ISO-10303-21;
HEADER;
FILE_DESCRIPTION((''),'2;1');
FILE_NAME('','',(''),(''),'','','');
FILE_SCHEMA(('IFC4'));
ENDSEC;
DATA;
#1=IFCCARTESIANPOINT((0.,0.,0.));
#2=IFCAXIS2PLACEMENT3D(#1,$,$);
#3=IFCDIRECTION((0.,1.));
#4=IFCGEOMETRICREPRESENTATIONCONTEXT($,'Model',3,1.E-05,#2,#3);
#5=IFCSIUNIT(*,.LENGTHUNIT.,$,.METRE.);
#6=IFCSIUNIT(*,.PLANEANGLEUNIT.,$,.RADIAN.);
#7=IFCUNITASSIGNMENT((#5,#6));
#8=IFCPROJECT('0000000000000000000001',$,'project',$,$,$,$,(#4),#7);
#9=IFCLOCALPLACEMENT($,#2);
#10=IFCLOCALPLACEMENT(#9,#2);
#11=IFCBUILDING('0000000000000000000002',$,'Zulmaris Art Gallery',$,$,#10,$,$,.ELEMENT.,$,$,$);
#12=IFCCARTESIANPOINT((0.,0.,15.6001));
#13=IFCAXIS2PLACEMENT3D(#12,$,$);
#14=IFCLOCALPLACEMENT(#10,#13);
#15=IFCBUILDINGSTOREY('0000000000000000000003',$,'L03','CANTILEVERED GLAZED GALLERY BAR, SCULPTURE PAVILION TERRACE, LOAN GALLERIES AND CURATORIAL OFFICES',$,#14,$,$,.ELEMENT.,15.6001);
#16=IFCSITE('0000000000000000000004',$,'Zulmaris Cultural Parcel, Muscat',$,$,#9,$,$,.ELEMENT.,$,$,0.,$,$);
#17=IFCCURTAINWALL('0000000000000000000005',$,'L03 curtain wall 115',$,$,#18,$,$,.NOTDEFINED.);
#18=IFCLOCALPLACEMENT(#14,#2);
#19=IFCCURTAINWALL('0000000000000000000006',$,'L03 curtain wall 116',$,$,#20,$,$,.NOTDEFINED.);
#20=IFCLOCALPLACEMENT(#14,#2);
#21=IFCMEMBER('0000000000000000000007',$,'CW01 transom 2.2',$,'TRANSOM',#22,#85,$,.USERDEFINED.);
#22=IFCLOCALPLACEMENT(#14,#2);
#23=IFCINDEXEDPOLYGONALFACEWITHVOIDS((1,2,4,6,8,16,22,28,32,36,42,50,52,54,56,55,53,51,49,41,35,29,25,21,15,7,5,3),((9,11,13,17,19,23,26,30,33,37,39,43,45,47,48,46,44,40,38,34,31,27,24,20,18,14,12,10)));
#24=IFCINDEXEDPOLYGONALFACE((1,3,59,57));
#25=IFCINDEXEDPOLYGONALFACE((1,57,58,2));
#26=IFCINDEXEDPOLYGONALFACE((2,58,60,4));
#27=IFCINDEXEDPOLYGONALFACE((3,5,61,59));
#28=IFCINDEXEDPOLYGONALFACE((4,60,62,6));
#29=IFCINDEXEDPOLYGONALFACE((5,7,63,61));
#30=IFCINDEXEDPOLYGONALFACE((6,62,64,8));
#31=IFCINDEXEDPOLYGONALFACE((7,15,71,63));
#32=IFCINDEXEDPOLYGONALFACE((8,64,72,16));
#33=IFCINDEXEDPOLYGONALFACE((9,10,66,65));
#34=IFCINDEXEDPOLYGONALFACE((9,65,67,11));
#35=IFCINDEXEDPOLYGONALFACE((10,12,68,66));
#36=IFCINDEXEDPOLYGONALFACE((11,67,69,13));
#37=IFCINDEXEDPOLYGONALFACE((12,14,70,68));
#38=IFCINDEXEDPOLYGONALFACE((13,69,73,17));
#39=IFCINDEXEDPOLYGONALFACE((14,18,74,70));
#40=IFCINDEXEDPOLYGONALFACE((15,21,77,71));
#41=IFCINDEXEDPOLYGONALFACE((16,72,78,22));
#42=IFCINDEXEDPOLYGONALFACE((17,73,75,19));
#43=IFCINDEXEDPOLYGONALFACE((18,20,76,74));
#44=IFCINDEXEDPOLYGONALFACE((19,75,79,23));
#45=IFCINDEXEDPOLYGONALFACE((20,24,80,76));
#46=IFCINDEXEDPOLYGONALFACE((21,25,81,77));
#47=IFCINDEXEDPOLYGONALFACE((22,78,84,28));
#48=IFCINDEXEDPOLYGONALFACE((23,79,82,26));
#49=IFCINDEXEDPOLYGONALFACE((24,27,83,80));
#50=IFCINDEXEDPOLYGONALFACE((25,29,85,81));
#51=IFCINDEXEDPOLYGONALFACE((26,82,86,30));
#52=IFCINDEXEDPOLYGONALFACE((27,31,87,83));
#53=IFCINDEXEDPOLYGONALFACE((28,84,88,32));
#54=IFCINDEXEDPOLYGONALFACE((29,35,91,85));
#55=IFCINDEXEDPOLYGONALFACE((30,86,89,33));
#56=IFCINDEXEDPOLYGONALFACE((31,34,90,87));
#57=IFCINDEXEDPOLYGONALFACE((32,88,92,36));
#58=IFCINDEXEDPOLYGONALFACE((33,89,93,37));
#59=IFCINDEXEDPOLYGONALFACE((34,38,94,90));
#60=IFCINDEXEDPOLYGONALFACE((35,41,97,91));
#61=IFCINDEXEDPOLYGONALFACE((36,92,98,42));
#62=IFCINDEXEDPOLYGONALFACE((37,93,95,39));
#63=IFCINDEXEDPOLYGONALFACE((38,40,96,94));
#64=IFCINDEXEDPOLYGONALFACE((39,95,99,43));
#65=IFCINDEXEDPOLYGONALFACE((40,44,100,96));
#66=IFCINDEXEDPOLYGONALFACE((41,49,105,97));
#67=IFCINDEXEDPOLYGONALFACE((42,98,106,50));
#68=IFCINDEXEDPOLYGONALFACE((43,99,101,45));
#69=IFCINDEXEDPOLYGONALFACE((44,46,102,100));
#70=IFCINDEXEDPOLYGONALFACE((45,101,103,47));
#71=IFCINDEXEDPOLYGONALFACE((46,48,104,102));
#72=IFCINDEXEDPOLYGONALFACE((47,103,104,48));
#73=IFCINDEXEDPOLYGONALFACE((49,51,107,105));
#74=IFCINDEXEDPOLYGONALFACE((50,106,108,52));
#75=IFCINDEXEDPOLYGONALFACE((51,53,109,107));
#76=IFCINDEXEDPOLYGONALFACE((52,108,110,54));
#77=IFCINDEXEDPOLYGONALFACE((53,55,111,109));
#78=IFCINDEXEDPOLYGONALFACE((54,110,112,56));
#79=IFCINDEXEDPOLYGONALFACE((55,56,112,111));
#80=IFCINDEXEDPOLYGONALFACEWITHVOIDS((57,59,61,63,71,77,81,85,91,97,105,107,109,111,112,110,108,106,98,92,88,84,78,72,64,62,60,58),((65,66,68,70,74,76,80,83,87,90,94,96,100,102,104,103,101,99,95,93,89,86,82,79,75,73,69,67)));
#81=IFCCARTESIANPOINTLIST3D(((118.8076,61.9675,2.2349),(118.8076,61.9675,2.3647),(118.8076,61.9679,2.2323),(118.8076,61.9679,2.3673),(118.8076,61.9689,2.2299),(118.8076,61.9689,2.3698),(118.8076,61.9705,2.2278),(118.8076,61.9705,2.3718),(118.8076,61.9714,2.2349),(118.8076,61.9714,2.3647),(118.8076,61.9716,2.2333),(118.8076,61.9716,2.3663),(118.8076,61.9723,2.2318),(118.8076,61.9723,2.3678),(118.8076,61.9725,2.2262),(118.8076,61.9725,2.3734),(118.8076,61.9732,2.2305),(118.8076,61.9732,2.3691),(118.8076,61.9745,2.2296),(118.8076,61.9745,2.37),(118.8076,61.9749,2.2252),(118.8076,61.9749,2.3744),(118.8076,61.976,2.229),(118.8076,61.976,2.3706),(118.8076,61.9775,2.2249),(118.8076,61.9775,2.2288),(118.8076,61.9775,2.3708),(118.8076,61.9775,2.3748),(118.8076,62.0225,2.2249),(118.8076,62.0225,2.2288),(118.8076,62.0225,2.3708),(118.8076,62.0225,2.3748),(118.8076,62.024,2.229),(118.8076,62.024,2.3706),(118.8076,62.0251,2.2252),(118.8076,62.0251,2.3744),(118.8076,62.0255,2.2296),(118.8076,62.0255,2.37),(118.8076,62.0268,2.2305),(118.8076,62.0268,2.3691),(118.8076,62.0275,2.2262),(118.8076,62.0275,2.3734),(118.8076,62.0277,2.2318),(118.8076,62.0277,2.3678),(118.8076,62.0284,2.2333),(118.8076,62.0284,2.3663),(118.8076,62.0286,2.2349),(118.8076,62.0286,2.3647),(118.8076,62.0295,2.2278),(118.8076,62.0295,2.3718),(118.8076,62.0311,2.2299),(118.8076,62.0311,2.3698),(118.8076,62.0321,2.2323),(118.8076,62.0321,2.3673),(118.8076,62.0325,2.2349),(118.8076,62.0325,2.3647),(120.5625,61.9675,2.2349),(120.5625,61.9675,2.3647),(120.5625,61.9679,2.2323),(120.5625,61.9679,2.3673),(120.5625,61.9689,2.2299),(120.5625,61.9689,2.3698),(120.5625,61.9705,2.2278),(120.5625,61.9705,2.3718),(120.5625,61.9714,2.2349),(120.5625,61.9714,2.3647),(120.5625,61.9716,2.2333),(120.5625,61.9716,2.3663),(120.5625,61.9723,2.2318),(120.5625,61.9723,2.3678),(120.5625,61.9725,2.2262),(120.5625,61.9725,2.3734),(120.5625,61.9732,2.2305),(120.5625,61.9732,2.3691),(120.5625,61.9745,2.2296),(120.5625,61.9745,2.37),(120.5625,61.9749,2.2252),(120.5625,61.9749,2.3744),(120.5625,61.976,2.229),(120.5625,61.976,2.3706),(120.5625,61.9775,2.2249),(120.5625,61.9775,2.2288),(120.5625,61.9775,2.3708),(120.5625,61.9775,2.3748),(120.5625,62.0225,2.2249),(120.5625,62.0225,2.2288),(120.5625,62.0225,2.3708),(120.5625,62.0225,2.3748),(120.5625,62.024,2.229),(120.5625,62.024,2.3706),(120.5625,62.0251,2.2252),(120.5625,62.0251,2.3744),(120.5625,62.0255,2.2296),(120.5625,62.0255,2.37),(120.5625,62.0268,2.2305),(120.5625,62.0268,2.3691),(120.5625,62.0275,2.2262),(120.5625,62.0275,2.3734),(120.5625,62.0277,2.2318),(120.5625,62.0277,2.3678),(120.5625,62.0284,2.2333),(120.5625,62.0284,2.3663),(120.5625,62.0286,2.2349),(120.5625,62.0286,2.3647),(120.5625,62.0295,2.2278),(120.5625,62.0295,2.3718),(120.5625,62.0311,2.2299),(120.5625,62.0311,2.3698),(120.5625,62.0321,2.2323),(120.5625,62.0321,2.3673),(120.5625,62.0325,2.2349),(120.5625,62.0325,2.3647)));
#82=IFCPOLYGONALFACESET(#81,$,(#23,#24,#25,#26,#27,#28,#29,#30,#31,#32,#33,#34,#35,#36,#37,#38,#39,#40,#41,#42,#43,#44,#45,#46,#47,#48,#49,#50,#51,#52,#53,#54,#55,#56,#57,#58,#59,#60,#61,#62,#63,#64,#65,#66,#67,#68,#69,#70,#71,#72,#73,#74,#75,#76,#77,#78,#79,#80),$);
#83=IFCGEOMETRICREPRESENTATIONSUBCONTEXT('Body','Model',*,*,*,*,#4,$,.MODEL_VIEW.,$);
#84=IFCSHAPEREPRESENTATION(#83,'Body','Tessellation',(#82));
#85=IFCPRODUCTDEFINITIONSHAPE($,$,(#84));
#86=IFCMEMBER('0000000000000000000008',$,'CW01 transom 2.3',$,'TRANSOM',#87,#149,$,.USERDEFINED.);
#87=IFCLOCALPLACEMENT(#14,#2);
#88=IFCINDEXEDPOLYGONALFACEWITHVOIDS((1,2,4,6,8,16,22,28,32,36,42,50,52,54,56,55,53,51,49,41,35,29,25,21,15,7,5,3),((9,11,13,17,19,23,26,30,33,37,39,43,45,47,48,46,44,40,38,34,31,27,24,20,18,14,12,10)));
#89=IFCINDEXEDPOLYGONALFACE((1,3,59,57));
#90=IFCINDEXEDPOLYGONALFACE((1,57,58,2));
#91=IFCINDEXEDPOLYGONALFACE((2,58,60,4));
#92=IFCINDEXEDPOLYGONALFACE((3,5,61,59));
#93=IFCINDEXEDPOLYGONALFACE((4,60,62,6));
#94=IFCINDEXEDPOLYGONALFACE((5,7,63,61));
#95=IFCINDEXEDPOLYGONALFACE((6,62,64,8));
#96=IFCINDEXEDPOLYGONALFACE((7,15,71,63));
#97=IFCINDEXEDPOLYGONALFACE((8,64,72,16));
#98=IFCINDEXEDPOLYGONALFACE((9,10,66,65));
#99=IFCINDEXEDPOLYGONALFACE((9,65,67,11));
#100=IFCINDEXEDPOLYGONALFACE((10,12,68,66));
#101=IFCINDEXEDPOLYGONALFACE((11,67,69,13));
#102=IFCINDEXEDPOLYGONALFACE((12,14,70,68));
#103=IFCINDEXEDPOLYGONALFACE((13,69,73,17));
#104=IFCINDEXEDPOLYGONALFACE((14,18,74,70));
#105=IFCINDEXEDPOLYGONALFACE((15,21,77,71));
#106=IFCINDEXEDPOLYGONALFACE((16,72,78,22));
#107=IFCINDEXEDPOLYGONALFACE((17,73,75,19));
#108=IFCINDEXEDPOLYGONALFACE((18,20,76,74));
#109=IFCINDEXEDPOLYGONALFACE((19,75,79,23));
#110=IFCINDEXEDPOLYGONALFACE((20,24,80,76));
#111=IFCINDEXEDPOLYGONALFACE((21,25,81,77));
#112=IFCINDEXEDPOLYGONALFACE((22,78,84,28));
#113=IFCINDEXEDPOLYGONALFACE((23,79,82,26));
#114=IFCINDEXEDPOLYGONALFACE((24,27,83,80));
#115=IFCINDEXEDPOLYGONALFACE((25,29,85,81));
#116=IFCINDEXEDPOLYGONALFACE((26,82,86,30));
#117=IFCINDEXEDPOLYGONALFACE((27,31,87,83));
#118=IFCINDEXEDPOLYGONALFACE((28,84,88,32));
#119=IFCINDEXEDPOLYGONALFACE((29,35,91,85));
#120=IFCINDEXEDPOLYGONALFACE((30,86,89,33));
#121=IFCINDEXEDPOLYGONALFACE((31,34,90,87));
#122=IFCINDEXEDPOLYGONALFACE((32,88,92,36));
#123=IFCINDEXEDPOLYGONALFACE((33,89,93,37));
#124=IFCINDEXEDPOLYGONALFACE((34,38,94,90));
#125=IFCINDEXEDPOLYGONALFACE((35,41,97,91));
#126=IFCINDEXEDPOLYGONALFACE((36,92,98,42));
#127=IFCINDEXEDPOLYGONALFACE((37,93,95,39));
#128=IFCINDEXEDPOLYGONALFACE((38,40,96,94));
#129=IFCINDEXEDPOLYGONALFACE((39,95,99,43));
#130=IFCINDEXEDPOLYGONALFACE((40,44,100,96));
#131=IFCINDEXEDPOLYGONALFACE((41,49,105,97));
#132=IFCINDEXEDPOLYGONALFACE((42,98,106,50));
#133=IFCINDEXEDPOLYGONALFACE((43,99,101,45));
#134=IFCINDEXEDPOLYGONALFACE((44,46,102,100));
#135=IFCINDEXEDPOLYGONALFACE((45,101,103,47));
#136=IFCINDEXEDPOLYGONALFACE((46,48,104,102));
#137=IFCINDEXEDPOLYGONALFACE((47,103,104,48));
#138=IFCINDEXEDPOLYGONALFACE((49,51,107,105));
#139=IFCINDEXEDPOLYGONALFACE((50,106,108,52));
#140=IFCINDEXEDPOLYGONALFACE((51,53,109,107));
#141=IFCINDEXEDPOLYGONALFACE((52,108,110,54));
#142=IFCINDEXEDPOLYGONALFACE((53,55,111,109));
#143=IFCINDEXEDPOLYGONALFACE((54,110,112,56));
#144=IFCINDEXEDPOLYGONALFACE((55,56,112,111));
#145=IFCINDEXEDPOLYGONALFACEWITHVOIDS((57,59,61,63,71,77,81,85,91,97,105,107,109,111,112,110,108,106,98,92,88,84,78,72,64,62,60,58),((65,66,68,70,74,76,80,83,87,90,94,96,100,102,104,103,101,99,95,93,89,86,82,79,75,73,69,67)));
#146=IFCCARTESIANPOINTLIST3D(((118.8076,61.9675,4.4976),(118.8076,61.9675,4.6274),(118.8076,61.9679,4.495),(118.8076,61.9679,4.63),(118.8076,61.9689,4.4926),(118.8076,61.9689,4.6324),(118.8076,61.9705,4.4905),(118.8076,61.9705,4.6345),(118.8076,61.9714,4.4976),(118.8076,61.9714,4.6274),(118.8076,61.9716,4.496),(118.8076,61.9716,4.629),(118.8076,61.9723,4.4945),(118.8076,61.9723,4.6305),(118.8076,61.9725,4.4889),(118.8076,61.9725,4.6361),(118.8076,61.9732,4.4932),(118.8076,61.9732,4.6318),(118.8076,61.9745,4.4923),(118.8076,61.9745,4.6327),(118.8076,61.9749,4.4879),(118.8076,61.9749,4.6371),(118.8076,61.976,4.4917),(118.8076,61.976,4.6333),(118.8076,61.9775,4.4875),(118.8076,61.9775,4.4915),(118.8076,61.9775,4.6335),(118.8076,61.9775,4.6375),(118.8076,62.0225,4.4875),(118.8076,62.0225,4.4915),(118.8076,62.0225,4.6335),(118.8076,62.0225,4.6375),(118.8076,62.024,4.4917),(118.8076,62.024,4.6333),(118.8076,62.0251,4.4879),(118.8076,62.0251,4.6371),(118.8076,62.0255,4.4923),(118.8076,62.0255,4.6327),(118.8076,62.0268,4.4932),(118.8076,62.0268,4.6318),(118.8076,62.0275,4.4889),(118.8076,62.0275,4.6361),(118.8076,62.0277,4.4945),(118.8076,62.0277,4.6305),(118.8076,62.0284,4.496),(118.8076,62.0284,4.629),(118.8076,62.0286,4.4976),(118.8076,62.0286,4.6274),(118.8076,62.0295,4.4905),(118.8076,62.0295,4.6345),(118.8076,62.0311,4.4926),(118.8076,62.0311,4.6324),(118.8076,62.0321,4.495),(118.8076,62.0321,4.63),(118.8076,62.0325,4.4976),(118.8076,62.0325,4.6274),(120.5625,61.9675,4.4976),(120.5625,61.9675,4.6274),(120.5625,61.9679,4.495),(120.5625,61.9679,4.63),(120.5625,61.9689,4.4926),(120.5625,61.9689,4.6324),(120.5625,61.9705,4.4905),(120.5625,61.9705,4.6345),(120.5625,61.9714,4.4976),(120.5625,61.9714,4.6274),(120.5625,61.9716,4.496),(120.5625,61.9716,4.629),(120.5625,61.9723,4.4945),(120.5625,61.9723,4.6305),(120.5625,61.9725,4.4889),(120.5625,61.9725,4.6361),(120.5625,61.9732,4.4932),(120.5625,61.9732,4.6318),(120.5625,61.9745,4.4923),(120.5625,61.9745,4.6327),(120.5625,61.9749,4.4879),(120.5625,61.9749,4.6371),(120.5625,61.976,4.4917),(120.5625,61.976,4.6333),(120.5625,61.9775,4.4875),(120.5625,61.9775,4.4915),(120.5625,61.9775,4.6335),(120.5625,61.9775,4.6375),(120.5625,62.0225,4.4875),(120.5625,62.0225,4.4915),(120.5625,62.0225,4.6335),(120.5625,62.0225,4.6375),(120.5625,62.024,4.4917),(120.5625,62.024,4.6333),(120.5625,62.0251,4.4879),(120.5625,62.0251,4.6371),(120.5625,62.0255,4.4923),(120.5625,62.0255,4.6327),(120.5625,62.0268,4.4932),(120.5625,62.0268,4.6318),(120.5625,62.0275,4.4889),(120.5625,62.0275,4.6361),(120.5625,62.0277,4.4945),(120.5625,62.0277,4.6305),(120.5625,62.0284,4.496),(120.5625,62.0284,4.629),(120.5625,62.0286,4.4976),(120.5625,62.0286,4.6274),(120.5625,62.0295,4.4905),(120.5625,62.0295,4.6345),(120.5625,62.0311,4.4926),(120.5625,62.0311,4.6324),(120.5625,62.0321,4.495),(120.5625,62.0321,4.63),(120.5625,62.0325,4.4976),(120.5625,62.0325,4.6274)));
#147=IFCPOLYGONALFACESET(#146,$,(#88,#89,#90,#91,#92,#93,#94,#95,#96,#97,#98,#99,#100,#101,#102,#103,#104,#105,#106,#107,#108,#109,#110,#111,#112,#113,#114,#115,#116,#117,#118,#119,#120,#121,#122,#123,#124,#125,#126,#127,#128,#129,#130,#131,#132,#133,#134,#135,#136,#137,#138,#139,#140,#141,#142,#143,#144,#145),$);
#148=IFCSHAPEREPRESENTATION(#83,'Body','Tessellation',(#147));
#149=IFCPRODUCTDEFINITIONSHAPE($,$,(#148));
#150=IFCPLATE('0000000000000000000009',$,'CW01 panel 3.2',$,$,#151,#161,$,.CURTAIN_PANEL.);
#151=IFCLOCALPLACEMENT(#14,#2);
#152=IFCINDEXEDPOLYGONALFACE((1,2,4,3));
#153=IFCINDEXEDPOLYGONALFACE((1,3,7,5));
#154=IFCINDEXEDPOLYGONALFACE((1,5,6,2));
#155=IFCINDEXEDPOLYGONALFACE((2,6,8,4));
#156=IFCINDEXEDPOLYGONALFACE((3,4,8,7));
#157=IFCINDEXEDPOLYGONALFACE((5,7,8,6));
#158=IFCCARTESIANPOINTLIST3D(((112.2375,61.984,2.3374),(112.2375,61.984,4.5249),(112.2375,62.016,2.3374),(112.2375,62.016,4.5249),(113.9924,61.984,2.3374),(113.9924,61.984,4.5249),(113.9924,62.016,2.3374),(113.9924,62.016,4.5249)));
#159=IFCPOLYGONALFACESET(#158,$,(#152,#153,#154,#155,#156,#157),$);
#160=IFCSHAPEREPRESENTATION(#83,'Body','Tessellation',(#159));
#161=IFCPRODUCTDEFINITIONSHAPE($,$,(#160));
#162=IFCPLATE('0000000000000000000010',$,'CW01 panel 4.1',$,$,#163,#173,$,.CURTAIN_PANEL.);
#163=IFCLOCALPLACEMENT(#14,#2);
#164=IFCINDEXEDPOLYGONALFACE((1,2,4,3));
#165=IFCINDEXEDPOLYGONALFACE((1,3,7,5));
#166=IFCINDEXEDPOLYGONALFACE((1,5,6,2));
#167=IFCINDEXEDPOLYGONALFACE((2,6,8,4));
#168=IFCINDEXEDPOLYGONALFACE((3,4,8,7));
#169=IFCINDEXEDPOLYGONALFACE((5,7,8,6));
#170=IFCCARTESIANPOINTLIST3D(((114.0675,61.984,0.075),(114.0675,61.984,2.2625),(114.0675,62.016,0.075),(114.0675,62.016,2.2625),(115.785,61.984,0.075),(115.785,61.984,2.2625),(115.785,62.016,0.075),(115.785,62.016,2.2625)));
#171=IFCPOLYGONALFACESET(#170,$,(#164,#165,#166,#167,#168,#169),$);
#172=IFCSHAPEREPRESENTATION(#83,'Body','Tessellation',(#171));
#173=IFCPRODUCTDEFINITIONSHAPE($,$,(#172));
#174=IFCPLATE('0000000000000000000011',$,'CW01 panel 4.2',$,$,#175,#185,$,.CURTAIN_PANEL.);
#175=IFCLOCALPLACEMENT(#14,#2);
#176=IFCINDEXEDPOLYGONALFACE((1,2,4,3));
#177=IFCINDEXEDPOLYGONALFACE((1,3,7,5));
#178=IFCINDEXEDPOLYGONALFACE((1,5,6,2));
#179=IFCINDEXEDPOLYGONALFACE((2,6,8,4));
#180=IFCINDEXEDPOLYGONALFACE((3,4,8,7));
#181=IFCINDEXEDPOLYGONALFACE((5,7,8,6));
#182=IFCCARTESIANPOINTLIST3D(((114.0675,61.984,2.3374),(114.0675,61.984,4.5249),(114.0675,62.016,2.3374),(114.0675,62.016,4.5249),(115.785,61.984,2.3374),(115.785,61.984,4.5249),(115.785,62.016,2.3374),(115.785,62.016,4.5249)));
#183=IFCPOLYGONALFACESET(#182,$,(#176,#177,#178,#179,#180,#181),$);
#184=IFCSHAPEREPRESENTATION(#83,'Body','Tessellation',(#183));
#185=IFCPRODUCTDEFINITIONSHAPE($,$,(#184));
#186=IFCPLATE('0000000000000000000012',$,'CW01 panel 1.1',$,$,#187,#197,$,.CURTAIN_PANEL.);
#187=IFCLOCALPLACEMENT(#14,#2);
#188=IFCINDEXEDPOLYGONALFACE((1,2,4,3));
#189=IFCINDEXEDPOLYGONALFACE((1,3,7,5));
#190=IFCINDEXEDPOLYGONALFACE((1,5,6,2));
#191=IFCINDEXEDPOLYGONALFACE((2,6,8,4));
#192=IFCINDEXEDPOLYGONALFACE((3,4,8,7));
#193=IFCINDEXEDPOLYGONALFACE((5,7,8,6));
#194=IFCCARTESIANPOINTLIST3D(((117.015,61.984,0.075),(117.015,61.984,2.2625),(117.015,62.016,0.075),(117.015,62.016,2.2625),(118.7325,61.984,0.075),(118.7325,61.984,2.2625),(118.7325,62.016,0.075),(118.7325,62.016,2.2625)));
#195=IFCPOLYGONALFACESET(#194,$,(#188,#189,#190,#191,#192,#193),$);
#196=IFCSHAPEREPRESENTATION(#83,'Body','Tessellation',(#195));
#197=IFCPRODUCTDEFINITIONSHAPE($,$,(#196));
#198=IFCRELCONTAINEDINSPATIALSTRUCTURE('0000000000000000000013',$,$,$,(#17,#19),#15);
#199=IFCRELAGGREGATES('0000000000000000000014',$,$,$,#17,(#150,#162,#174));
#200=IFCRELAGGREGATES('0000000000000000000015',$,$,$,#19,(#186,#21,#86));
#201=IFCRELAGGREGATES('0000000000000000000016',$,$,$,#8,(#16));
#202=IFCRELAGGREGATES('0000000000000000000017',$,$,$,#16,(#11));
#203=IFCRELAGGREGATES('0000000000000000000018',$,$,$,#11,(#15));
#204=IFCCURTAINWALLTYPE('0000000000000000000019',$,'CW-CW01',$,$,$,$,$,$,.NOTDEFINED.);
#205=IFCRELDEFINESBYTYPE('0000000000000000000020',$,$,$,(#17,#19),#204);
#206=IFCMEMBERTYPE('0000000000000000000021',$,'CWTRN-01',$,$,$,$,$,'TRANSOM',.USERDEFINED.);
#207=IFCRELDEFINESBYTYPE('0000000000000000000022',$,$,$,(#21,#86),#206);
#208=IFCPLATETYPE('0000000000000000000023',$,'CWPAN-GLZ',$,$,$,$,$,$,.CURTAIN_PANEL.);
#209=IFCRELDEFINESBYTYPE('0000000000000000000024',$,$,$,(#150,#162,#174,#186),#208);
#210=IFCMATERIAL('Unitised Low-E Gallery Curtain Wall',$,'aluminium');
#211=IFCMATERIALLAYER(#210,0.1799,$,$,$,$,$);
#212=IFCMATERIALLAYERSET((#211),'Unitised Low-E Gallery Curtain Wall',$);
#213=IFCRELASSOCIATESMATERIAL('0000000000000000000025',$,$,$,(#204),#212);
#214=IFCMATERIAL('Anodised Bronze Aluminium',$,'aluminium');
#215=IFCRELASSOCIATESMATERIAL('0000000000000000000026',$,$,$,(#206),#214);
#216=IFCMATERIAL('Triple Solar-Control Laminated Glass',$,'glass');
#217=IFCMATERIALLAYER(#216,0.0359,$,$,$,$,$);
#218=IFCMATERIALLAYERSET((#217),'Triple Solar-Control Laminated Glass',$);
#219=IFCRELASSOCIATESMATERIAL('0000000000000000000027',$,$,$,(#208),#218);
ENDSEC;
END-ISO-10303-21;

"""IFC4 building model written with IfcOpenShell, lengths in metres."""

from ifc_helpers import new_model, si_unit, direction, frame, origin, origin_2d, place, context, subcontext, project, spatial, rectangle, hollow_rectangle, extrude, material, layer, layer_set, material_profile, profile_set, type_object, element, aggregate, save


model = new_model("IFC4")

# Units and contexts
model_context = context("Model", 3, precision=1e-05, world=origin(), true_north=direction((0.0, 1.0)))
body_context = subcontext(model_context, "Body", "Model", "MODEL_VIEW")
ifc_project = project(units=[si_unit("LENGTHUNIT", "METRE"), si_unit("PLANEANGLEUNIT", "RADIAN")], contexts=[model_context])

# Site, building, storey
site_placement = place(None, origin())
site = spatial("IfcSite", under=ifc_project, at=site_placement, Name="Zulmaris Cultural Parcel, Muscat", CompositionType="ELEMENT", RefElevation=0.0)
building_placement = place(site_placement, origin())
building = spatial("IfcBuilding", under=site, at=building_placement, Name="Zulmaris Art Gallery", CompositionType="ELEMENT")
storey_placement = place(building_placement, frame((0.0, 0.0, 15.6001)))
storey = spatial("IfcBuildingStorey", under=building, at=storey_placement, Name="L03", Description="CANTILEVERED GLAZED GALLERY BAR, SCULPTURE PAVILION TERRACE, LOAN GALLERIES AND CURATORIAL OFFICES", CompositionType="ELEMENT", Elevation=15.6001)

# Curtain walls
ifc_material_1 = material(Name="Unitised Low-E Gallery Curtain Wall", Category="aluminium")
ifc_layer_1 = layer(ifc_material_1, 0.1799)
ifc_layer_set_1 = layer_set([ifc_layer_1], Name="Unitised Low-E Gallery Curtain Wall")
curtain_wall_type = type_object("IfcCurtainWallType", Name="CW-CW01", PredefinedType="NOTDEFINED", material=ifc_layer_set_1)
curtain_wall_1_placement = place(storey_placement, origin())
curtain_wall_1 = element("IfcCurtainWall", 1, at=curtain_wall_1_placement, inside=storey, type_object=curtain_wall_type, Name="L03 curtain wall 115", PredefinedType="NOTDEFINED")
ifc_material_2 = material(Name="Anodised Bronze Aluminium", Category="aluminium")
curtain_wall_2_placement = place(storey_placement, origin())
curtain_wall_2 = element("IfcCurtainWall", 2, at=curtain_wall_2_placement, inside=storey, type_object=curtain_wall_type, Name="L03 curtain wall 116", PredefinedType="NOTDEFINED")

# Members
ifc_material_profile_1 = material_profile(ifc_material_2, hollow_rectangle(XDim=0.0649, YDim=0.1499, WallThickness=0.0039, InnerFilletRadius=0.0061, OuterFilletRadius=0.01, at=origin_2d()), Name="ALU 65x150x4")
ifc_profile_set_1 = profile_set([ifc_material_profile_1], Name="Anodised Bronze Aluminium")
member_type_1 = type_object("IfcMemberType", Name="CWTRN-01", ElementType="TRANSOM", PredefinedType="USERDEFINED", material=ifc_profile_set_1)
member_1_placement = place(storey_placement, frame((118.8076, 62.0, 2.2998), z_axis=(1.0, 0.0, 0.0), x_axis=(0.0, 1.0, 0.0)))
member_1 = element("IfcMember", 3, at=member_1_placement, type_object=member_type_1, Name="CW01 transom 2.2", ObjectType="TRANSOM", PredefinedType="USERDEFINED", context=body_context, shape_type="SweptSolid", body=[
    extrude(hollow_rectangle(XDim=0.0649, YDim=0.1499, WallThickness=0.0039, InnerFilletRadius=0.0061, OuterFilletRadius=0.01, at=origin_2d()), origin(), (0.0, 0.0, 1.0), 1.7549),
])
member_2_placement = place(storey_placement, frame((118.8076, 62.0, 4.5625), z_axis=(1.0, 0.0, 0.0), x_axis=(0.0, 1.0, 0.0)))
member_2 = element("IfcMember", 4, at=member_2_placement, type_object=member_type_1, Name="CW01 transom 2.3", ObjectType="TRANSOM", PredefinedType="USERDEFINED", context=body_context, shape_type="SweptSolid", body=[
    extrude(hollow_rectangle(XDim=0.0649, YDim=0.1499, WallThickness=0.0039, InnerFilletRadius=0.0061, OuterFilletRadius=0.01, at=origin_2d()), origin(), (0.0, 0.0, 1.0), 1.7549),
])

# Plates
ifc_material_3 = material(Name="Triple Solar-Control Laminated Glass", Category="glass")
ifc_layer_2 = layer(ifc_material_3, 0.0359)
ifc_layer_set_2 = layer_set([ifc_layer_2], Name="Triple Solar-Control Laminated Glass")
plate_type = type_object("IfcPlateType", Name="CWPAN-GLZ", PredefinedType="CURTAIN_PANEL", material=ifc_layer_set_2)
plate_1_placement = place(storey_placement, frame((113.115, 62.0, 2.3374), z_axis=(0.0, 0.0, 1.0), x_axis=(1.0, 0.0, 0.0)))
plate_1 = element("IfcPlate", 5, at=plate_1_placement, type_object=plate_type, Name="CW01 panel 3.2", PredefinedType="CURTAIN_PANEL", context=body_context, shape_type="SweptSolid", body=[
    extrude(rectangle(XDim=1.7549, YDim=0.032, at=origin_2d()), origin(), (0.0, 0.0, 1.0), 2.1875),
])
plate_2_placement = place(storey_placement, frame((114.9263, 62.0, 0.075), z_axis=(0.0, 0.0, 1.0), x_axis=(1.0, 0.0, 0.0)))
plate_2 = element("IfcPlate", 6, at=plate_2_placement, type_object=plate_type, Name="CW01 panel 4.1", PredefinedType="CURTAIN_PANEL", context=body_context, shape_type="SweptSolid", body=[
    extrude(rectangle(XDim=1.7175, YDim=0.032, at=origin_2d()), origin(), (0.0, 0.0, 1.0), 2.1875),
])
plate_3_placement = place(storey_placement, frame((114.9263, 62.0, 2.3374), z_axis=(0.0, 0.0, 1.0), x_axis=(1.0, 0.0, 0.0)))
plate_3 = element("IfcPlate", 7, at=plate_3_placement, type_object=plate_type, Name="CW01 panel 4.2", PredefinedType="CURTAIN_PANEL", context=body_context, shape_type="SweptSolid", body=[
    extrude(rectangle(XDim=1.7175, YDim=0.032, at=origin_2d()), origin(), (0.0, 0.0, 1.0), 2.1875),
])
aggregate(curtain_wall_1, [plate_1, plate_2, plate_3])
plate_4_placement = place(storey_placement, frame((117.8738, 62.0, 0.075), z_axis=(0.0, 0.0, 1.0), x_axis=(1.0, 0.0, 0.0)))
plate_4 = element("IfcPlate", 8, at=plate_4_placement, type_object=plate_type, Name="CW01 panel 1.1", PredefinedType="CURTAIN_PANEL", context=body_context, shape_type="SweptSolid", body=[
    extrude(rectangle(XDim=1.7175, YDim=0.032, at=origin_2d()), origin(), (0.0, 0.0, 1.0), 2.1875),
])
aggregate(curtain_wall_2, [plate_4, member_1, member_2])

save(model, "model.ifc")
